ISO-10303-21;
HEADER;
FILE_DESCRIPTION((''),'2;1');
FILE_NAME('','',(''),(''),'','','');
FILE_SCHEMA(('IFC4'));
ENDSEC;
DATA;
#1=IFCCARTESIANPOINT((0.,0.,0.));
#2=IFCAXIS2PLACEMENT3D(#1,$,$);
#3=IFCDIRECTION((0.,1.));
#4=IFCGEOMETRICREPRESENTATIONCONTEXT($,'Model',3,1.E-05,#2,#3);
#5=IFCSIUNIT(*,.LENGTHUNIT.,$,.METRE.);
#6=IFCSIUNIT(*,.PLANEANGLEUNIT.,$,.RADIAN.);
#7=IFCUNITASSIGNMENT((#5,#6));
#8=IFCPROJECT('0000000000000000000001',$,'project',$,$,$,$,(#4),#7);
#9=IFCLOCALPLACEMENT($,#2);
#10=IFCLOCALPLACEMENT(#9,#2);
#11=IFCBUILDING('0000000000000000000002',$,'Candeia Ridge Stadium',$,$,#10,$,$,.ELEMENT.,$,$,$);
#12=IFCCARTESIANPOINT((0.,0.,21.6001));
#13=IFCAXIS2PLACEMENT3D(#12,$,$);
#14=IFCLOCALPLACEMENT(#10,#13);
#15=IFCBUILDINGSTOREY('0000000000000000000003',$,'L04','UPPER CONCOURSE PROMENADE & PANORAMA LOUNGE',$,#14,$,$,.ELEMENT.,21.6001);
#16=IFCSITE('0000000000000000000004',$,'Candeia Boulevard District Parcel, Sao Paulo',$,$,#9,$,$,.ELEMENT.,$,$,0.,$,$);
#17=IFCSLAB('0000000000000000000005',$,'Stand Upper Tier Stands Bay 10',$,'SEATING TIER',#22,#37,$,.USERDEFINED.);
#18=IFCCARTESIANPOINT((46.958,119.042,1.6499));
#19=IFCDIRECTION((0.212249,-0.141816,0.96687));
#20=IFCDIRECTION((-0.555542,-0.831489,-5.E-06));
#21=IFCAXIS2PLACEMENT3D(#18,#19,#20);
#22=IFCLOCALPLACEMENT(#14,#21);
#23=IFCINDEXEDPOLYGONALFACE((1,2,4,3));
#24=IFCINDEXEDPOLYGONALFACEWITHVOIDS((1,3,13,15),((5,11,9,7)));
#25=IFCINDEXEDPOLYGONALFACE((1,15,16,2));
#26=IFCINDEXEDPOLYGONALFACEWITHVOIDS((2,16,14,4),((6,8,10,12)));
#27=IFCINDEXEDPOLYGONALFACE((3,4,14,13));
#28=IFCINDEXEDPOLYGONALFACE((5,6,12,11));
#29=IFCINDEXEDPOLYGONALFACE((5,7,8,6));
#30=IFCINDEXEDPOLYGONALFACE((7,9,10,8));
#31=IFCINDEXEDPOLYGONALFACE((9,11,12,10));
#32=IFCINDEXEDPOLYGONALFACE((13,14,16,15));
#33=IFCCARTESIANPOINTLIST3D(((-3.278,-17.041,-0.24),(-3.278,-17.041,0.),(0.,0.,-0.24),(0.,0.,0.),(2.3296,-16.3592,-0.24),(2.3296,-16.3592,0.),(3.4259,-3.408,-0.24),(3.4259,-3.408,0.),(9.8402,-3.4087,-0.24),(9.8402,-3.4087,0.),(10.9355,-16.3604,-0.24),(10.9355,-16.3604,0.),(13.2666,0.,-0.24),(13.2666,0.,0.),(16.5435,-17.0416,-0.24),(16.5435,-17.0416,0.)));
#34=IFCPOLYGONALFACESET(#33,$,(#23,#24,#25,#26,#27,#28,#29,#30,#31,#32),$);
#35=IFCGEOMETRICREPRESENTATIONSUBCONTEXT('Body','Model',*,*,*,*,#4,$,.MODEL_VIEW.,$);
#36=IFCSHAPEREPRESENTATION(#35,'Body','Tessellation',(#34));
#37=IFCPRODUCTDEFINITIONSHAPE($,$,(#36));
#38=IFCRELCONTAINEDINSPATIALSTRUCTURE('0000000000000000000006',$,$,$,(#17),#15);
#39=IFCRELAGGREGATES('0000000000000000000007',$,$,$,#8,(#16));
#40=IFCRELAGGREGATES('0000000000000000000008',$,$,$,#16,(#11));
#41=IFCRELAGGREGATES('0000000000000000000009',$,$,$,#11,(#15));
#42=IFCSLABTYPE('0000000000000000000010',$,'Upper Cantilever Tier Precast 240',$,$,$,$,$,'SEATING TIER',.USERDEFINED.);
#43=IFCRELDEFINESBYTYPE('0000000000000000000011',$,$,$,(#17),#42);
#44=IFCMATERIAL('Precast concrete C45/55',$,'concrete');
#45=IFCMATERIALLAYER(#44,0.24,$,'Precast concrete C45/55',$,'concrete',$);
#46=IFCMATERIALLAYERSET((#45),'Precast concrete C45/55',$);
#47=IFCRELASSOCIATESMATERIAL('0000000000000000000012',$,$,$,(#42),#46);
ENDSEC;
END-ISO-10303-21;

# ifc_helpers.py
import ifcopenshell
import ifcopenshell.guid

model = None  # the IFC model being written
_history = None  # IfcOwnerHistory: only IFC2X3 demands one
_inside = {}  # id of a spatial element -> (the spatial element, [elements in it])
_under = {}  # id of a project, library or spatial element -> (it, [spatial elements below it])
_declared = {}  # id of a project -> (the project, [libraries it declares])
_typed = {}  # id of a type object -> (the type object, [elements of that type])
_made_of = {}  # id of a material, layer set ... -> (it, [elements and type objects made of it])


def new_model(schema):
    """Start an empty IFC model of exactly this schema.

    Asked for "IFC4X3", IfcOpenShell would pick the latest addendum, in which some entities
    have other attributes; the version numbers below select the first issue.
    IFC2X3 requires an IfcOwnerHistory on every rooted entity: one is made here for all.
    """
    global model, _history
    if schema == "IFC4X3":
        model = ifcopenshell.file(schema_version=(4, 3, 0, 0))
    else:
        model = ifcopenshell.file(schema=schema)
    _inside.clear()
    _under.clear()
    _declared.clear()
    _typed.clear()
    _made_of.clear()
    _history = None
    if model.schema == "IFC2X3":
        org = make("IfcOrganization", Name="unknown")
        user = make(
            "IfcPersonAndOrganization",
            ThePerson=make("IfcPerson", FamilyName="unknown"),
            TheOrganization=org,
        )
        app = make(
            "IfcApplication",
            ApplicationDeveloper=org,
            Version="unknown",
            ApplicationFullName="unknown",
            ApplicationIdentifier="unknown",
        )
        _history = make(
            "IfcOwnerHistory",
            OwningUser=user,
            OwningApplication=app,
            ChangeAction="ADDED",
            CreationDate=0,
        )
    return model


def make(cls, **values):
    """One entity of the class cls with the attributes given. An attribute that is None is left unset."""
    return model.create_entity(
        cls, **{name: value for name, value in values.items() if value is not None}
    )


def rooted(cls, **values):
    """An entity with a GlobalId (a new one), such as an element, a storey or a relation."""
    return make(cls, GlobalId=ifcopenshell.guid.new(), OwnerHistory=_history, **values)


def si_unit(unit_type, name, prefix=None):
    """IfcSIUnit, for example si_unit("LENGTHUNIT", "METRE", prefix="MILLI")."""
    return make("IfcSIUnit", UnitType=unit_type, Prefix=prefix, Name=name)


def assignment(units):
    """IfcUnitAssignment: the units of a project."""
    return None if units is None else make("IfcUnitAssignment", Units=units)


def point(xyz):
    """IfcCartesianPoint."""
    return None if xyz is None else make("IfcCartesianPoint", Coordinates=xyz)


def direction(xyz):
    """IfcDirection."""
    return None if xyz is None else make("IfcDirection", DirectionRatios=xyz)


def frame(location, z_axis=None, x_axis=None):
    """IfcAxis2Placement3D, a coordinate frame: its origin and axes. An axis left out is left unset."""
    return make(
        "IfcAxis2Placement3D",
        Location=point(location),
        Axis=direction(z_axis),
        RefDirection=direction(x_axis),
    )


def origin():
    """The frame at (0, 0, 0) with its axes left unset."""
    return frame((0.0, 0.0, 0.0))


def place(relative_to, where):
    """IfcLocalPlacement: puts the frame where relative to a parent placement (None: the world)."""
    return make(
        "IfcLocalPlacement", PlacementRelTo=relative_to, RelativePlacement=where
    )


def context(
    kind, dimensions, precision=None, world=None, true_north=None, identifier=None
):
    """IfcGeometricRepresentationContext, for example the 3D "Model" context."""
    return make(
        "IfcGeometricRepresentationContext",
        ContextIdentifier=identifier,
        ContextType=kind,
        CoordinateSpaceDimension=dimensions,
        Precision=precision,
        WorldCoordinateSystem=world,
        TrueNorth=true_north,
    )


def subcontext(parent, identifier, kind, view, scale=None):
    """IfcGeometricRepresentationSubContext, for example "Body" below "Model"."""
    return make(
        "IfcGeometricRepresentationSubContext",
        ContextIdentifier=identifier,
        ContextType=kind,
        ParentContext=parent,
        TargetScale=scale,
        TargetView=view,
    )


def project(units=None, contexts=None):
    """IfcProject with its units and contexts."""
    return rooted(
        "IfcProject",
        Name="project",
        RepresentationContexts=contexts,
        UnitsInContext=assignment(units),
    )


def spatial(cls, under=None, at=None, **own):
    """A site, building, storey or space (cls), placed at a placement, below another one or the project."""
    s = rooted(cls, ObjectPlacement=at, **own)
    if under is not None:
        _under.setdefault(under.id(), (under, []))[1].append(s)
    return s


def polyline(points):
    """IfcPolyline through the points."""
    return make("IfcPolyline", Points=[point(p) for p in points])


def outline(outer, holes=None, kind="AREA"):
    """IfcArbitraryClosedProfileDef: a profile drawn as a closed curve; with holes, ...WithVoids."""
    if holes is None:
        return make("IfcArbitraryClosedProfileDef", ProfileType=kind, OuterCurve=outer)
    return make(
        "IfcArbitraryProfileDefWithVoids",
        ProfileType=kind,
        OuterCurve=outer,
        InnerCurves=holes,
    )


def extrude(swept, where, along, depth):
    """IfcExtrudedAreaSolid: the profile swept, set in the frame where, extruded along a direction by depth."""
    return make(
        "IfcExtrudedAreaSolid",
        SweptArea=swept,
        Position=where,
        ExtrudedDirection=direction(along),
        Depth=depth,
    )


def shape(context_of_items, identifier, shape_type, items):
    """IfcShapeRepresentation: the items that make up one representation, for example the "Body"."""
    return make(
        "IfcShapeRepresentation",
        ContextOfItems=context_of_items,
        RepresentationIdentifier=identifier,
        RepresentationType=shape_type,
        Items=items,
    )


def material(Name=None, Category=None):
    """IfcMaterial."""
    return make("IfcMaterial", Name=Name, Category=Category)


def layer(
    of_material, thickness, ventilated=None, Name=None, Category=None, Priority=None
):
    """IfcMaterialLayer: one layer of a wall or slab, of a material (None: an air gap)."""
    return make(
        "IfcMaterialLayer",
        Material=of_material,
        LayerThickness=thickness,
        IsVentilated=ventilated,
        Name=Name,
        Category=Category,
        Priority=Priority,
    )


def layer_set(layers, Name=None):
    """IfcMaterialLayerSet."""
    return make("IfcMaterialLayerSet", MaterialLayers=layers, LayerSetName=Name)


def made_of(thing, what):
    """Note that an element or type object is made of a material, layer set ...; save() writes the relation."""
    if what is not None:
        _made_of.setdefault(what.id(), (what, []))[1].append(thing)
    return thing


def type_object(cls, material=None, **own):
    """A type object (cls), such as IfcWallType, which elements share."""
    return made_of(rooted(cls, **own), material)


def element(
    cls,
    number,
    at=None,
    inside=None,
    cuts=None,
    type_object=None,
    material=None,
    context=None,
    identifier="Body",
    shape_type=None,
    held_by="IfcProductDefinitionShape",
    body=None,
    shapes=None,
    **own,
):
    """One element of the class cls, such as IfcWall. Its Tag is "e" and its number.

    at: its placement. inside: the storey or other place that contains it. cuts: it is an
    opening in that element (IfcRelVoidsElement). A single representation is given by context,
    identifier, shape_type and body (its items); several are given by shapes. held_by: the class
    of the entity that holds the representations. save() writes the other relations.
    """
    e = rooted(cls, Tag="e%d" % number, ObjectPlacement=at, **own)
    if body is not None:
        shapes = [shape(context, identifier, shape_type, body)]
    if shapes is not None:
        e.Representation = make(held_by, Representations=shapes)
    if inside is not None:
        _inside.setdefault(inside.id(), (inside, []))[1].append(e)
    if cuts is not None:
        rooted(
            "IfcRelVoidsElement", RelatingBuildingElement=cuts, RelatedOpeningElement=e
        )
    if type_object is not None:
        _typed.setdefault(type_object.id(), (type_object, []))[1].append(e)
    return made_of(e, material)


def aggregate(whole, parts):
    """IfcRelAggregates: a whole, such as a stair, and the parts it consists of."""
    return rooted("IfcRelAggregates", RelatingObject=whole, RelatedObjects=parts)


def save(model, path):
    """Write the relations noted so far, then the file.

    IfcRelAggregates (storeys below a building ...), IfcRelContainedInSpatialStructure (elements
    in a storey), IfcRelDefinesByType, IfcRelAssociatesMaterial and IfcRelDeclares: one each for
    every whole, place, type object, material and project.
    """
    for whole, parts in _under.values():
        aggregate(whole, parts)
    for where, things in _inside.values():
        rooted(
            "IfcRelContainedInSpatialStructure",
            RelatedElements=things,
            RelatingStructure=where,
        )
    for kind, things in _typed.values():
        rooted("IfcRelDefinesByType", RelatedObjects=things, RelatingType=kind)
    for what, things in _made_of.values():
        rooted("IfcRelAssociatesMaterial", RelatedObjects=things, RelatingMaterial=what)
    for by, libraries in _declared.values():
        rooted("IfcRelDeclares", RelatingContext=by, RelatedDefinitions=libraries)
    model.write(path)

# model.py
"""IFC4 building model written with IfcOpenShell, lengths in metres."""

from ifc_helpers import new_model, si_unit, direction, frame, origin, place, context, subcontext, project, spatial, polyline, outline, extrude, material, layer, layer_set, type_object, element, save


model = new_model("IFC4")

# Units and contexts
model_context = context("Model", 3, precision=1e-05, world=origin(), true_north=direction((0.0, 1.0)))
body_context = subcontext(model_context, "Body", "Model", "MODEL_VIEW")
ifc_project = project(units=[si_unit("LENGTHUNIT", "METRE"), si_unit("PLANEANGLEUNIT", "RADIAN")], contexts=[model_context])

# Site, building, storey
site_placement = place(None, origin())
site = spatial("IfcSite", under=ifc_project, at=site_placement, Name="Candeia Boulevard District Parcel, Sao Paulo", CompositionType="ELEMENT", RefElevation=0.0)
building_placement = place(site_placement, origin())
building = spatial("IfcBuilding", under=site, at=building_placement, Name="Candeia Ridge Stadium", CompositionType="ELEMENT")
storey_placement = place(building_placement, frame((0.0, 0.0, 21.6001)))
storey = spatial("IfcBuildingStorey", under=building, at=storey_placement, Name="L04", Description="UPPER CONCOURSE PROMENADE & PANORAMA LOUNGE", CompositionType="ELEMENT", Elevation=21.6001)

# Slab
ifc_material_1 = material(Name="Precast concrete C45/55", Category="concrete")
ifc_layer_1 = layer(ifc_material_1, 0.24, Name="Precast concrete C45/55", Category="concrete")
ifc_layer_set_1 = layer_set([ifc_layer_1], Name="Precast concrete C45/55")
slab_type = type_object("IfcSlabType", Name="Upper Cantilever Tier Precast 240", ElementType="SEATING TIER", PredefinedType="USERDEFINED", material=ifc_layer_set_1)
slab_1_placement = place(storey_placement, frame((46.958, 119.042, 1.6499), z_axis=(0.212249, -0.141816, 0.96687), x_axis=(-0.555542, -0.831489, -0.000005)))
element("IfcSlab", 1, at=slab_1_placement, inside=storey, type_object=slab_type, Name="Stand Upper Tier Stands Bay 10", ObjectType="SEATING TIER", PredefinedType="USERDEFINED", context=body_context, shape_type="SweptSolid", body=[
    extrude(outline(polyline([(0.0, 0.0), (13.2666, 0.0), (16.5435, -17.0416), (-3.278, -17.041), (0.0, 0.0)]), holes=[polyline([(3.4259, -3.408), (9.8402, -3.4087), (10.9355, -16.3604), (2.3296, -16.3592), (3.4259, -3.408)])]), origin(), (0.0, 0.0, -1.0), 0.24),
])

save(model, "model.ifc")
